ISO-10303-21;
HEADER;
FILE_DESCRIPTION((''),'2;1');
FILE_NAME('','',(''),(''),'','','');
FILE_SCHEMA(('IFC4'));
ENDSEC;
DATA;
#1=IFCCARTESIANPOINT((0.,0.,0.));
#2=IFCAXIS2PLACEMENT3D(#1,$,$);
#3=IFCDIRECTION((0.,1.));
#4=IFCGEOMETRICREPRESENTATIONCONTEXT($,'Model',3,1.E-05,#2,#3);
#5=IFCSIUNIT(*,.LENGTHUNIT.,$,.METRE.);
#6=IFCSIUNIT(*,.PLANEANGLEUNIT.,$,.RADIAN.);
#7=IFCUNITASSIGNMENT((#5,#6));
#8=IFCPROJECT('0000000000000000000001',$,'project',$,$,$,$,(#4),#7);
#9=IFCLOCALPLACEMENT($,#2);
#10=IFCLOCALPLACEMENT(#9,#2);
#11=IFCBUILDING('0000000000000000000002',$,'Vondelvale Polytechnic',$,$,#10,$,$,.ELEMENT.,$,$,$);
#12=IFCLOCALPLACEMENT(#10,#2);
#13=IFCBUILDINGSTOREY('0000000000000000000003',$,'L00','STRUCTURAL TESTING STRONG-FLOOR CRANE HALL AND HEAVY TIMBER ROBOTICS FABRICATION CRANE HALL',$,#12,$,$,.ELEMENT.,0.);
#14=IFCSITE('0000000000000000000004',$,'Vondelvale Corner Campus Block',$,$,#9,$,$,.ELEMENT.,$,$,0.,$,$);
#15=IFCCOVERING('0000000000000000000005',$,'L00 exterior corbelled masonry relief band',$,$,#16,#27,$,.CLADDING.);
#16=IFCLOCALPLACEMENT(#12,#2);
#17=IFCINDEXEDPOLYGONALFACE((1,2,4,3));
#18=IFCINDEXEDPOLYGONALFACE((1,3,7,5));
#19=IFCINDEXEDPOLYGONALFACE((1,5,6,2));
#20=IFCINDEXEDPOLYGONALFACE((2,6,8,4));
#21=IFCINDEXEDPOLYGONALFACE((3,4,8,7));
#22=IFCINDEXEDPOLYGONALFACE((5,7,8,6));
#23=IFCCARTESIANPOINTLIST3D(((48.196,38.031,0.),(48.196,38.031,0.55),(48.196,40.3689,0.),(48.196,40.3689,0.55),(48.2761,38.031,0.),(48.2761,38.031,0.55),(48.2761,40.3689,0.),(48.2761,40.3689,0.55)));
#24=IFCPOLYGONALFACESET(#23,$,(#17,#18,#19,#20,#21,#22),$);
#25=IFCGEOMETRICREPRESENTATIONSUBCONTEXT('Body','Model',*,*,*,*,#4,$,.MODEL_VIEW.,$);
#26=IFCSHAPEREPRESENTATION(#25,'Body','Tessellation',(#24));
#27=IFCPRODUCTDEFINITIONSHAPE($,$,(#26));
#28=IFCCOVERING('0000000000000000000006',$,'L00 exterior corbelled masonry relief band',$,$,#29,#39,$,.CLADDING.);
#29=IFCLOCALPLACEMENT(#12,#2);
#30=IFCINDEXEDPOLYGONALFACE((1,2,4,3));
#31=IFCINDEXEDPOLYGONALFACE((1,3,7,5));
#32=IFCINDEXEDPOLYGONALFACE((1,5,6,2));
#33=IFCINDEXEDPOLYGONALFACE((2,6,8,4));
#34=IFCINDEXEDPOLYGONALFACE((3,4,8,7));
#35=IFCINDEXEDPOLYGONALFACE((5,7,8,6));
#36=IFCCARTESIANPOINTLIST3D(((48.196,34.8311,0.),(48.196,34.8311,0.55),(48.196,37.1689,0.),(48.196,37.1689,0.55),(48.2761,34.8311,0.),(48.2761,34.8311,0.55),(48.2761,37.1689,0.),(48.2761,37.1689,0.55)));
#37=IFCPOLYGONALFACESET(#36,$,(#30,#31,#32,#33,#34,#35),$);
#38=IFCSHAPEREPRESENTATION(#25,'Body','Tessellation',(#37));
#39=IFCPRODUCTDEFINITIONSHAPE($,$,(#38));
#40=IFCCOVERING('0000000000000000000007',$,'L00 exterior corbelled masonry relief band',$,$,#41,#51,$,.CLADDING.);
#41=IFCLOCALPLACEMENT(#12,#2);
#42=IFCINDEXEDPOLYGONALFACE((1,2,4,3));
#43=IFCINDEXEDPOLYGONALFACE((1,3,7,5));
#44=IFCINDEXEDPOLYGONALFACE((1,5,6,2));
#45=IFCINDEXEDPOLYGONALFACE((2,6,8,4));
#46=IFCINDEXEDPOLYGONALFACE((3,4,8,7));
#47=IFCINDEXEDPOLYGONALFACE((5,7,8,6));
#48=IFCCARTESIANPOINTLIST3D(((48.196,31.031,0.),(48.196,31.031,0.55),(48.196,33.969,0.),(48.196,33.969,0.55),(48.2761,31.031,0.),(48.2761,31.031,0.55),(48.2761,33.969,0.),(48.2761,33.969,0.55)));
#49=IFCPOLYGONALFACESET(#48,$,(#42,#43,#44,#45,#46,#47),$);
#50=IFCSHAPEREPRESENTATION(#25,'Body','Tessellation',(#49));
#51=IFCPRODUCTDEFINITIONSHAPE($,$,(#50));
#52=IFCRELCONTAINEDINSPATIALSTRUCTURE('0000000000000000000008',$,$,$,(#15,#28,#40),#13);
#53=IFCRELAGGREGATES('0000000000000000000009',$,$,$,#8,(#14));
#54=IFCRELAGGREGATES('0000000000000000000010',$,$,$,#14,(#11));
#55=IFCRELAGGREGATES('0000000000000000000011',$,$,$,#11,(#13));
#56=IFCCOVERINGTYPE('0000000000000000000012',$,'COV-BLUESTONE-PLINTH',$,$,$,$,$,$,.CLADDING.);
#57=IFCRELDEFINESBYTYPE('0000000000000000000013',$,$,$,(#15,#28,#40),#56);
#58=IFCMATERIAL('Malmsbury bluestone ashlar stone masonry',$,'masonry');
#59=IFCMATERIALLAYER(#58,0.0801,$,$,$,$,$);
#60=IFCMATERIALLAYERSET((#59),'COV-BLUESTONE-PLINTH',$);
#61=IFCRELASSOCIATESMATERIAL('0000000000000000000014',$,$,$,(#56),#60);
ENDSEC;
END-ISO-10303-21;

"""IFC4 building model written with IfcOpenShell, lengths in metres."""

from ifc_helpers import new_model, si_unit, direction, frame, origin, origin_2d, place, context, subcontext, project, spatial, rectangle, extrude, material, layer, layer_set, type_object, element, save


model = new_model("IFC4")

# Units and contexts
model_context = context("Model", 3, precision=1e-05, world=origin(), true_north=direction((0.0, 1.0)))
body_context = subcontext(model_context, "Body", "Model", "MODEL_VIEW")
ifc_project = project(units=[si_unit("LENGTHUNIT", "METRE"), si_unit("PLANEANGLEUNIT", "RADIAN")], contexts=[model_context])

# Site, building, storey
site_placement = place(None, origin())
site = spatial("IfcSite", under=ifc_project, at=site_placement, Name="Vondelvale Corner Campus Block", CompositionType="ELEMENT", RefElevation=0.0)
building_placement = place(site_placement, origin())
building = spatial("IfcBuilding", under=site, at=building_placement, Name="Vondelvale Polytechnic", CompositionType="ELEMENT")
storey_placement = place(building_placement, origin())
storey = spatial("IfcBuildingStorey", under=building, at=storey_placement, Name="L00", Description="STRUCTURAL TESTING STRONG-FLOOR CRANE HALL AND HEAVY TIMBER ROBOTICS FABRICATION CRANE HALL", CompositionType="ELEMENT", Elevation=0.0)

# Shared definitions
ifc_material_1 = material(Name="Malmsbury bluestone ashlar stone masonry", Category="masonry")

# Coverings
ifc_layer_1 = layer(ifc_material_1, 0.0801)
ifc_layer_set_1 = layer_set([ifc_layer_1], Name="COV-BLUESTONE-PLINTH")
covering_type = type_object("IfcCoveringType", Name="COV-BLUESTONE-PLINTH", PredefinedType="CLADDING", material=ifc_layer_set_1)
for number, where, z_axis, x_axis, name in (
    (1, (48.2361, 39.2, 0.0), (0.0, 0.0, 1.0), (0.0, -1.0, 0.0), "L00 exterior corbelled masonry relief band"),
    (2, (48.2361, 36.0, 0.0), (0.0, 0.0, 1.0), (0.0, -1.0, 0.0), "L00 exterior corbelled masonry relief band"),
):
    element("IfcCovering", number, at=place(storey_placement, frame(where, z_axis=z_axis, x_axis=x_axis)), inside=storey, type_object=covering_type, Name=name, PredefinedType="CLADDING", context=body_context, shape_type="SweptSolid", body=[
        extrude(rectangle(XDim=2.3379, YDim=0.0801, at=origin_2d()), origin(), (0.0, 0.0, 1.0), 0.55),
    ])
covering_placement = place(storey_placement, frame((48.2361, 32.5, 0.0), z_axis=(0.0, 0.0, 1.0), x_axis=(0.0, -1.0, 0.0)))
element("IfcCovering", 3, at=covering_placement, inside=storey, type_object=covering_type, Name="L00 exterior corbelled masonry relief band", PredefinedType="CLADDING", context=body_context, shape_type="SweptSolid", body=[
    extrude(rectangle(XDim=2.938, YDim=0.0801, at=origin_2d()), origin(), (0.0, 0.0, 1.0), 0.55),
])

save(model, "model.ifc")
